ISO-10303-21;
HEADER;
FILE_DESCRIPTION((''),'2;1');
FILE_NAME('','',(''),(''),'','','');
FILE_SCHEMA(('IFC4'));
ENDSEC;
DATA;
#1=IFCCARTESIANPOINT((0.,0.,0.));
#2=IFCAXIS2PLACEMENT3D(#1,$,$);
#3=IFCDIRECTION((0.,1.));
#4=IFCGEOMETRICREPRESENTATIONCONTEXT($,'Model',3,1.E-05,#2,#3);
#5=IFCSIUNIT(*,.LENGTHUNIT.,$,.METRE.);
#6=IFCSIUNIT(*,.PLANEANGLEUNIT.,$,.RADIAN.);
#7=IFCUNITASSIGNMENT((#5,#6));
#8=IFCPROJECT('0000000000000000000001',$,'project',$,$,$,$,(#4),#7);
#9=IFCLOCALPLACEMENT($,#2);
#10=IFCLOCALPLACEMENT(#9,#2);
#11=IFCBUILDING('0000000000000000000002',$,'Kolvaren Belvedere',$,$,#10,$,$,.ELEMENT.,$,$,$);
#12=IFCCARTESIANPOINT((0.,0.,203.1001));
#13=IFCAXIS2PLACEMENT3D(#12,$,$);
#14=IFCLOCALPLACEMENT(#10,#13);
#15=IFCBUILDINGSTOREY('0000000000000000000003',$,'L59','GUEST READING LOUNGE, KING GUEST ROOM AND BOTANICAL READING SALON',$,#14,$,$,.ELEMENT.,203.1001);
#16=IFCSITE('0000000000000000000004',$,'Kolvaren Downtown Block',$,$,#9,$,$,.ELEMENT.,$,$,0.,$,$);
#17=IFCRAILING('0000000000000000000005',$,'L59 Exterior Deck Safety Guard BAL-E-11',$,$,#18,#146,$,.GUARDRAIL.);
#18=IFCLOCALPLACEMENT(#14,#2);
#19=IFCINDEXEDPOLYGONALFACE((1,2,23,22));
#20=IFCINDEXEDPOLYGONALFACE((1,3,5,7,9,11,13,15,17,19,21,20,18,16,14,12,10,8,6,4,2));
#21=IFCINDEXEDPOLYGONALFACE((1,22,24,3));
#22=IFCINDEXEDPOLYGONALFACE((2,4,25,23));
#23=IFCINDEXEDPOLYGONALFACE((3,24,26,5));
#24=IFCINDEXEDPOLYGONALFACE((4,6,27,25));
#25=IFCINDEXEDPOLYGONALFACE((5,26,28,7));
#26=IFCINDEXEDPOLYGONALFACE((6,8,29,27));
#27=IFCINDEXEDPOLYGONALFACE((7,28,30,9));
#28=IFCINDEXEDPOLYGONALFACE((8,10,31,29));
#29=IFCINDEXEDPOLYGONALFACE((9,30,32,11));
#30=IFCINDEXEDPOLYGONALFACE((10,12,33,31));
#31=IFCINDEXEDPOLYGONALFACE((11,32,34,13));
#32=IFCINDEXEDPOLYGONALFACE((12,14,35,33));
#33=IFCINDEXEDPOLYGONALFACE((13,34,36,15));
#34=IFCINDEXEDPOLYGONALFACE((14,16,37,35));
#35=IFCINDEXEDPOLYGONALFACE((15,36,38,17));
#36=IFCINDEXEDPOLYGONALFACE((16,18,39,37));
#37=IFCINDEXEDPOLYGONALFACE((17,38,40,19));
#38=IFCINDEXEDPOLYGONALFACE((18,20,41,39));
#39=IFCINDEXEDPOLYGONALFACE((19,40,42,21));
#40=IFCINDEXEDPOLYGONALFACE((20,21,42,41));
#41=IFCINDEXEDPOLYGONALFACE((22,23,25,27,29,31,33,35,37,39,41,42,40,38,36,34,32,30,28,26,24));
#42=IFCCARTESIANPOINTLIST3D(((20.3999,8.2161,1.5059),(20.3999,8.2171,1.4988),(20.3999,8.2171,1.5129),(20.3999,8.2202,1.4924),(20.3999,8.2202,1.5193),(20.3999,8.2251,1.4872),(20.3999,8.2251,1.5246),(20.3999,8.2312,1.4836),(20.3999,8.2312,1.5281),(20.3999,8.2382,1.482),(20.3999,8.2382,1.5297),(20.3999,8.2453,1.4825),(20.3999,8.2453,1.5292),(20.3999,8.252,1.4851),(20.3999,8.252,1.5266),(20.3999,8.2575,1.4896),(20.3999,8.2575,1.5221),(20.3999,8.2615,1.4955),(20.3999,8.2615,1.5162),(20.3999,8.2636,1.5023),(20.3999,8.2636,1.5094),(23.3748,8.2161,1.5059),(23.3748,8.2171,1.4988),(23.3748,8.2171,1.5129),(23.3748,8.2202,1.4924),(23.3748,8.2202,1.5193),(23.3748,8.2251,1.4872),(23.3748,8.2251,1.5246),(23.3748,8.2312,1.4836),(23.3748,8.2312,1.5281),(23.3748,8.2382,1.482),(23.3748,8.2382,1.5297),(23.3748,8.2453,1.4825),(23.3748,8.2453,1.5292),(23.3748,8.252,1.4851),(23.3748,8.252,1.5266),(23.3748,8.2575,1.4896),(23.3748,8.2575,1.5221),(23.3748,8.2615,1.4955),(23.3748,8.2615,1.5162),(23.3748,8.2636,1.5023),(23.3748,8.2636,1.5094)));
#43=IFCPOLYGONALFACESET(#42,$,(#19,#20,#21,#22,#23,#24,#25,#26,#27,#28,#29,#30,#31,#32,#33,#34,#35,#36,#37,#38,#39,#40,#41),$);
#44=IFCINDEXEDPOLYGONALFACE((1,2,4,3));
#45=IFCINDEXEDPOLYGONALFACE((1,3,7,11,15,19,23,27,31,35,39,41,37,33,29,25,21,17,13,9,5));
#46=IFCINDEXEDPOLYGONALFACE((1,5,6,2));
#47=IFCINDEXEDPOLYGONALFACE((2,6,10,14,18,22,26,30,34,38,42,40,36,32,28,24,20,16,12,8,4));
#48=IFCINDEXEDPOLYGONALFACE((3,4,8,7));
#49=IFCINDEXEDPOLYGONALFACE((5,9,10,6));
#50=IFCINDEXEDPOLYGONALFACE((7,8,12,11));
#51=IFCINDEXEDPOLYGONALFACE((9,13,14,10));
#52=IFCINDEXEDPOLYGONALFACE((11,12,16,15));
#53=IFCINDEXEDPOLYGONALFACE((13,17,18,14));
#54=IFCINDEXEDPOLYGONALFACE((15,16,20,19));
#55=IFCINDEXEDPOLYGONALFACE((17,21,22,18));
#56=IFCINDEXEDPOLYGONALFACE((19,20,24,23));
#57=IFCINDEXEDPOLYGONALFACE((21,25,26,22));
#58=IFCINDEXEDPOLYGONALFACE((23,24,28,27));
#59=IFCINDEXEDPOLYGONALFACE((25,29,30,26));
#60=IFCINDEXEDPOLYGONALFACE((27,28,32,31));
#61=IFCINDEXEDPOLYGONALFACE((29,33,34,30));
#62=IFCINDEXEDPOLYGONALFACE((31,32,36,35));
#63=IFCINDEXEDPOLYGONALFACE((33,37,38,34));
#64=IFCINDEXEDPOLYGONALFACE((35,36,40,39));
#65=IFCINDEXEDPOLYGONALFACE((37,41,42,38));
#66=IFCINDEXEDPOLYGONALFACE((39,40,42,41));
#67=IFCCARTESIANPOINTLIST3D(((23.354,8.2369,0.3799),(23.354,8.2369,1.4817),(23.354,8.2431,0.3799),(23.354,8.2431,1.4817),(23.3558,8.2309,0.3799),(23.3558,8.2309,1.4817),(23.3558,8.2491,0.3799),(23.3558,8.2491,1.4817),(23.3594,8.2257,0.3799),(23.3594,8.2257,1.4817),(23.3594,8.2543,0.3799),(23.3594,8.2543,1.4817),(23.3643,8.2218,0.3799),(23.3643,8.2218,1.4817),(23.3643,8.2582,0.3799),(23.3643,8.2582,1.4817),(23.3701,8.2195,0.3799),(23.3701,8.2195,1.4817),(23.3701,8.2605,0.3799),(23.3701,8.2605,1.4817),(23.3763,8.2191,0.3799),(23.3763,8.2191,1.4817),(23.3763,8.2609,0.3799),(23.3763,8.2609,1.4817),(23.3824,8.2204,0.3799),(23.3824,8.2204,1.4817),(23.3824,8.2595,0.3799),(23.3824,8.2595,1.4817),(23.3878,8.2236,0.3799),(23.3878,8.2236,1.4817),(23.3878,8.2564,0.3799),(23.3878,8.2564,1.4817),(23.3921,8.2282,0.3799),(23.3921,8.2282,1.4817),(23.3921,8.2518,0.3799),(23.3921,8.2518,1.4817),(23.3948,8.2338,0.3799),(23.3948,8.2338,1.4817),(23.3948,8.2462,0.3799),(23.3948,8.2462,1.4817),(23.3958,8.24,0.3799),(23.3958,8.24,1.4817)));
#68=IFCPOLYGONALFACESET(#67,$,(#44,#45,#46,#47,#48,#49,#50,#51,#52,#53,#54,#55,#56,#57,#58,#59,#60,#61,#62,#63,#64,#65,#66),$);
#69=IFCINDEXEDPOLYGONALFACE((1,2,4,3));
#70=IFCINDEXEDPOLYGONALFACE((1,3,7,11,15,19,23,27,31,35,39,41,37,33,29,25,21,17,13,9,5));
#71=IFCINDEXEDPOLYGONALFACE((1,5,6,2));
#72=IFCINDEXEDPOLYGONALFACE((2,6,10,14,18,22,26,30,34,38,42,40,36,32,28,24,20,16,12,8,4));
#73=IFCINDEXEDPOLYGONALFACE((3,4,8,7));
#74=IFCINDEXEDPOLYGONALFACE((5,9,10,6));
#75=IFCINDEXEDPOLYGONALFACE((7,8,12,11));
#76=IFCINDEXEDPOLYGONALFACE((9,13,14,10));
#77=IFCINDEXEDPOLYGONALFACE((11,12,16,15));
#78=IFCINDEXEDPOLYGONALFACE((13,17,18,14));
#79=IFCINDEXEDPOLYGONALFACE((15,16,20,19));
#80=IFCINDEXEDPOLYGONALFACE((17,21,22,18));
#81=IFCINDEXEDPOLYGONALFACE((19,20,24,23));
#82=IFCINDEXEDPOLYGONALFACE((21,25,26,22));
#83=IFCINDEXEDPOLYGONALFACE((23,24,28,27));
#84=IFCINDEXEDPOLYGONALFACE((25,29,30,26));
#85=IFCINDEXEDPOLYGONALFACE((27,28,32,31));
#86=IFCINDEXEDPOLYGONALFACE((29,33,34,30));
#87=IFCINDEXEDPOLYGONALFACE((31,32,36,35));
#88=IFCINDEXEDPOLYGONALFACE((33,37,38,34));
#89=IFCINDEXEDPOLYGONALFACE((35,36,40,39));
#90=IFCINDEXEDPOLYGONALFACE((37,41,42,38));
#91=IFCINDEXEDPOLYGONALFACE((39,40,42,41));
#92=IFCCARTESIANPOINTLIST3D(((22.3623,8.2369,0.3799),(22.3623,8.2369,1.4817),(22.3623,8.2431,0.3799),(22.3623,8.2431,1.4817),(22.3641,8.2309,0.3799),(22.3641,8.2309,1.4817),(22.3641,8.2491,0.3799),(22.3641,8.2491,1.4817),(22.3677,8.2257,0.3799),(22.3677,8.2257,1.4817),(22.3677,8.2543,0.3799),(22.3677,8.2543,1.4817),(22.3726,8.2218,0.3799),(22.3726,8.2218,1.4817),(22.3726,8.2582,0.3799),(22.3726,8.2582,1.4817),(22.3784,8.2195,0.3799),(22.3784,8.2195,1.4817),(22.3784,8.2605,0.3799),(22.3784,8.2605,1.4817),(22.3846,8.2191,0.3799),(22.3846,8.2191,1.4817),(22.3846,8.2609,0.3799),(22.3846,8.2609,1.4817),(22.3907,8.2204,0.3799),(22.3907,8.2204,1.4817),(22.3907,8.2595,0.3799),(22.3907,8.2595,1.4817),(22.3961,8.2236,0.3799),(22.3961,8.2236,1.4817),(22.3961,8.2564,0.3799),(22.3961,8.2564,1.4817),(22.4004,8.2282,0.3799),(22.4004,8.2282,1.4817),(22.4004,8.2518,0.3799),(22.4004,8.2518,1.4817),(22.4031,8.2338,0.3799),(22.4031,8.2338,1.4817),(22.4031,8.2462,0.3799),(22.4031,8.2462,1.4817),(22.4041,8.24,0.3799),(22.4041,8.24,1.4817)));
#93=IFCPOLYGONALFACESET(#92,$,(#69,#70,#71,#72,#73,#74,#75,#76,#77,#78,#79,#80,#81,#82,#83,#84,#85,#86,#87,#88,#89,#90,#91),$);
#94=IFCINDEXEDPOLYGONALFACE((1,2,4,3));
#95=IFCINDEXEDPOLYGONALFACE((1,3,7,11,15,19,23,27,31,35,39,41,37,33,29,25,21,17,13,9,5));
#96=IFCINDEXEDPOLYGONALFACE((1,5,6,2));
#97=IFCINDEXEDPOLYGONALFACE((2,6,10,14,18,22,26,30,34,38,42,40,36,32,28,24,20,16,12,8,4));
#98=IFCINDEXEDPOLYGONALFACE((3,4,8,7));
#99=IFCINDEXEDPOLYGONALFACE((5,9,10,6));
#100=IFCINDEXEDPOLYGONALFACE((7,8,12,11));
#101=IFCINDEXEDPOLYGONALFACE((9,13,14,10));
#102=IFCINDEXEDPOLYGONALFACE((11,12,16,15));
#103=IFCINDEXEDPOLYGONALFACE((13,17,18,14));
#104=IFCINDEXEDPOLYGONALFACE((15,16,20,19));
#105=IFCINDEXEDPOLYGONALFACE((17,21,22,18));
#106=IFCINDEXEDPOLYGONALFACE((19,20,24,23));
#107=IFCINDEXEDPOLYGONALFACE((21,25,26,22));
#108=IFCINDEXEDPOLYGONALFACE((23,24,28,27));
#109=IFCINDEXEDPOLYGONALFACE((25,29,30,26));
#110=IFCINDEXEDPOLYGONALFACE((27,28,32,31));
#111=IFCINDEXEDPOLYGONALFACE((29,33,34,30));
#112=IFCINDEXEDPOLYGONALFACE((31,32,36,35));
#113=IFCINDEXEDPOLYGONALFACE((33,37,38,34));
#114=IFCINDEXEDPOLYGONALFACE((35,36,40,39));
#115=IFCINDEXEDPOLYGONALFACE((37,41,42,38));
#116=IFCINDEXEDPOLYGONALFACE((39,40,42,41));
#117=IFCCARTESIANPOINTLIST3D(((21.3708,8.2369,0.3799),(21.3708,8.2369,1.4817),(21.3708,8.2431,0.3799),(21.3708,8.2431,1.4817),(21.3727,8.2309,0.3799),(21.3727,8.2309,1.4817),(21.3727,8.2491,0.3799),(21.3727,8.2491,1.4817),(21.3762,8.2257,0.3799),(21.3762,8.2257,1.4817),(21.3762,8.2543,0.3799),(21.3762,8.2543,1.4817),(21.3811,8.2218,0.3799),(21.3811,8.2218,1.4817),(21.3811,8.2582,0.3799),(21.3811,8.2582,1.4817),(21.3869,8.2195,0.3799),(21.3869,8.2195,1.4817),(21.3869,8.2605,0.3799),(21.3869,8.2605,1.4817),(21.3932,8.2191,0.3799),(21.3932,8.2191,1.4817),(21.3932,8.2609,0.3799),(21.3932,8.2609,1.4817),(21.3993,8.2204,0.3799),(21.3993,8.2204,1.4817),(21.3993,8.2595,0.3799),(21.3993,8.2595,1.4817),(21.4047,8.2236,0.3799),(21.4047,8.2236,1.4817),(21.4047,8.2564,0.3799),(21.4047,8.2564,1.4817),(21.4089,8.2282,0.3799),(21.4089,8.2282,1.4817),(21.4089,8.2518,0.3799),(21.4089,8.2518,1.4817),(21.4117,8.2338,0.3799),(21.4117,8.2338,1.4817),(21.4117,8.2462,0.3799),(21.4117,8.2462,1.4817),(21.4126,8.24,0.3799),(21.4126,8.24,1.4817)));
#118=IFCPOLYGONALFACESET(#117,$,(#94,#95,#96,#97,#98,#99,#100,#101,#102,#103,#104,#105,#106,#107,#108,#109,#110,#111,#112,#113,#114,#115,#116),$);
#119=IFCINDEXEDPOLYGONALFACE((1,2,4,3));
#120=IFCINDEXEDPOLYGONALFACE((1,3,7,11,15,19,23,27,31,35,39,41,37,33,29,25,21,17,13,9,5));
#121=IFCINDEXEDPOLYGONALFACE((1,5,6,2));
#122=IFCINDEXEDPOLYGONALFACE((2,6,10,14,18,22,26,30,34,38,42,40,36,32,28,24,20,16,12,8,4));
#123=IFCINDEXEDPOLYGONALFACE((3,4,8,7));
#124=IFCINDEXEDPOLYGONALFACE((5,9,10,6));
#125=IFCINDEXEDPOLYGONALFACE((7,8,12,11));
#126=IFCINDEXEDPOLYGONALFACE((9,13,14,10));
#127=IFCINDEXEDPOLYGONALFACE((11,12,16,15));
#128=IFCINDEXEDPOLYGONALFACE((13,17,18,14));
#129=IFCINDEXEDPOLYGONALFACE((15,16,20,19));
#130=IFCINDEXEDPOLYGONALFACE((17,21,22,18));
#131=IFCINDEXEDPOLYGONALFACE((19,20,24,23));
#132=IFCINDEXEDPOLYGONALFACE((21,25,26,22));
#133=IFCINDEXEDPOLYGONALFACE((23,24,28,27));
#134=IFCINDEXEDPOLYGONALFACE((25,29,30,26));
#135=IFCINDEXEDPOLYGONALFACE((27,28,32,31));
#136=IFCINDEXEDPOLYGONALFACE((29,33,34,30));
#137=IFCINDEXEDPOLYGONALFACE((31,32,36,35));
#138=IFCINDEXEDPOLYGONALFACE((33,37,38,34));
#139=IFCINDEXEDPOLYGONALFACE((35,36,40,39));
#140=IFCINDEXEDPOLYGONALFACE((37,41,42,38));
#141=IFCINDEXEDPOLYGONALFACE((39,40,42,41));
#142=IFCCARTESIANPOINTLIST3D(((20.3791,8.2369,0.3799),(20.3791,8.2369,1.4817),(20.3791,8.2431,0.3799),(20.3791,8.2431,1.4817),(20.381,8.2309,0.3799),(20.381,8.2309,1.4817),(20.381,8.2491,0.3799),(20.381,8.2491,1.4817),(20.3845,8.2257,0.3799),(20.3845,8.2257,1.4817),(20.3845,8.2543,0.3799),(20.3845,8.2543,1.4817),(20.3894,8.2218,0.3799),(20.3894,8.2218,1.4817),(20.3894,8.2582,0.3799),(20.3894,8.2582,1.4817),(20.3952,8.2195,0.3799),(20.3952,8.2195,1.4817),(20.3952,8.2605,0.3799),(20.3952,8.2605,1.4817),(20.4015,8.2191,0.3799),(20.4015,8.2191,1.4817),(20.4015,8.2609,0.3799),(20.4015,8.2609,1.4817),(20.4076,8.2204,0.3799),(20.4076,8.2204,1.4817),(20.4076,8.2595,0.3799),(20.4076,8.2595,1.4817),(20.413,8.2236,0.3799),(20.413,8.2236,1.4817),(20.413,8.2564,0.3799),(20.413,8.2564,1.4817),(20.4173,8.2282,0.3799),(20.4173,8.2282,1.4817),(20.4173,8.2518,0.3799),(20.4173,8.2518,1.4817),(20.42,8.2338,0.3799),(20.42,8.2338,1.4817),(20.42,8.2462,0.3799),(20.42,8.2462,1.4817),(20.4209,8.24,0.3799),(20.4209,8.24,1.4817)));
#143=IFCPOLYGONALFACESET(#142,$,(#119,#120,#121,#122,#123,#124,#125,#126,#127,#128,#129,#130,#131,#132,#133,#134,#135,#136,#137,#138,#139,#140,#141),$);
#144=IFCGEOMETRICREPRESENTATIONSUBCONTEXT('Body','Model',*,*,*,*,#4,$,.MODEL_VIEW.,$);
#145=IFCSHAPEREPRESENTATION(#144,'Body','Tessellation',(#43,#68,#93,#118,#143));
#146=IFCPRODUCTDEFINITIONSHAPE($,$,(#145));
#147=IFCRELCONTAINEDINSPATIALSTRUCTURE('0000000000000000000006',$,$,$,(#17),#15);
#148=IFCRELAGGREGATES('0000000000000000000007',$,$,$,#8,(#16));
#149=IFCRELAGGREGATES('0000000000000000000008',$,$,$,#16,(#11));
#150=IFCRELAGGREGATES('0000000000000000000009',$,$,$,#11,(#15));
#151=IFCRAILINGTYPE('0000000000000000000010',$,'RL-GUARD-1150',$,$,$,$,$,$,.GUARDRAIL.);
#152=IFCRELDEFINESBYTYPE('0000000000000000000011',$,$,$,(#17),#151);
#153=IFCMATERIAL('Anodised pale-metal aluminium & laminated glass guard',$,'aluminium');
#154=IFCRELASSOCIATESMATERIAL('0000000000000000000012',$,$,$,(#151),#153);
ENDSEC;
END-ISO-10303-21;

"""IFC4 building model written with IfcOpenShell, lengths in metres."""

from ifc_helpers import new_model, si_unit, direction, frame, origin, origin_2d, place, context, subcontext, project, spatial, circle, extrude, material, type_object, element, save


model = new_model("IFC4")

# Units and contexts
model_context = context("Model", 3, precision=1e-05, world=origin(), true_north=direction((0.0, 1.0)))
body_context = subcontext(model_context, "Body", "Model", "MODEL_VIEW")
ifc_project = project(units=[si_unit("LENGTHUNIT", "METRE"), si_unit("PLANEANGLEUNIT", "RADIAN")], contexts=[model_context])

# Site, building, storey
site_placement = place(None, origin())
site = spatial("IfcSite", under=ifc_project, at=site_placement, Name="Kolvaren Downtown Block", CompositionType="ELEMENT", RefElevation=0.0)
building_placement = place(site_placement, origin())
building = spatial("IfcBuilding", under=site, at=building_placement, Name="Kolvaren Belvedere", CompositionType="ELEMENT")
storey_placement = place(building_placement, frame((0.0, 0.0, 203.1001)))
storey = spatial("IfcBuildingStorey", under=building, at=storey_placement, Name="L59", Description="GUEST READING LOUNGE, KING GUEST ROOM AND BOTANICAL READING SALON", CompositionType="ELEMENT", Elevation=203.1001)

# Railing
ifc_material_1 = material(Name="Anodised pale-metal aluminium & laminated glass guard", Category="aluminium")
railing_type = type_object("IfcRailingType", Name="RL-GUARD-1150", PredefinedType="GUARDRAIL", material=ifc_material_1)
railing_placement = place(storey_placement, frame((23.3748, 8.24, 0.3799)))
element("IfcRailing", 1, at=railing_placement, inside=storey, type_object=railing_type, Name="L59 Exterior Deck Safety Guard BAL-E-11", PredefinedType="GUARDRAIL", context=body_context, shape_type="SweptSolid", body=[
    extrude(circle(Radius=0.0239, at=origin_2d()), frame((0.0, 0.0, 1.126), z_axis=(-1.0, 0.0, 0.0), x_axis=(0.0, -1.0, 0.0)), (0.0, 0.0, 1.0), 2.9749),
    extrude(circle(Radius=0.021, at=origin_2d()), origin(), (0.0, 0.0, 1.0), 1.1018),
    extrude(circle(Radius=0.021, at=origin_2d()), frame((-0.9917, 0.0, 0.0)), (0.0, 0.0, 1.0), 1.1018),
    extrude(circle(Radius=0.021, at=origin_2d()), frame((-1.9832, 0.0, 0.0)), (0.0, 0.0, 1.0), 1.1018),
    extrude(circle(Radius=0.021, at=origin_2d()), frame((-2.9749, 0.0, 0.0)), (0.0, 0.0, 1.0), 1.1018),
])

save(model, "model.ifc")
